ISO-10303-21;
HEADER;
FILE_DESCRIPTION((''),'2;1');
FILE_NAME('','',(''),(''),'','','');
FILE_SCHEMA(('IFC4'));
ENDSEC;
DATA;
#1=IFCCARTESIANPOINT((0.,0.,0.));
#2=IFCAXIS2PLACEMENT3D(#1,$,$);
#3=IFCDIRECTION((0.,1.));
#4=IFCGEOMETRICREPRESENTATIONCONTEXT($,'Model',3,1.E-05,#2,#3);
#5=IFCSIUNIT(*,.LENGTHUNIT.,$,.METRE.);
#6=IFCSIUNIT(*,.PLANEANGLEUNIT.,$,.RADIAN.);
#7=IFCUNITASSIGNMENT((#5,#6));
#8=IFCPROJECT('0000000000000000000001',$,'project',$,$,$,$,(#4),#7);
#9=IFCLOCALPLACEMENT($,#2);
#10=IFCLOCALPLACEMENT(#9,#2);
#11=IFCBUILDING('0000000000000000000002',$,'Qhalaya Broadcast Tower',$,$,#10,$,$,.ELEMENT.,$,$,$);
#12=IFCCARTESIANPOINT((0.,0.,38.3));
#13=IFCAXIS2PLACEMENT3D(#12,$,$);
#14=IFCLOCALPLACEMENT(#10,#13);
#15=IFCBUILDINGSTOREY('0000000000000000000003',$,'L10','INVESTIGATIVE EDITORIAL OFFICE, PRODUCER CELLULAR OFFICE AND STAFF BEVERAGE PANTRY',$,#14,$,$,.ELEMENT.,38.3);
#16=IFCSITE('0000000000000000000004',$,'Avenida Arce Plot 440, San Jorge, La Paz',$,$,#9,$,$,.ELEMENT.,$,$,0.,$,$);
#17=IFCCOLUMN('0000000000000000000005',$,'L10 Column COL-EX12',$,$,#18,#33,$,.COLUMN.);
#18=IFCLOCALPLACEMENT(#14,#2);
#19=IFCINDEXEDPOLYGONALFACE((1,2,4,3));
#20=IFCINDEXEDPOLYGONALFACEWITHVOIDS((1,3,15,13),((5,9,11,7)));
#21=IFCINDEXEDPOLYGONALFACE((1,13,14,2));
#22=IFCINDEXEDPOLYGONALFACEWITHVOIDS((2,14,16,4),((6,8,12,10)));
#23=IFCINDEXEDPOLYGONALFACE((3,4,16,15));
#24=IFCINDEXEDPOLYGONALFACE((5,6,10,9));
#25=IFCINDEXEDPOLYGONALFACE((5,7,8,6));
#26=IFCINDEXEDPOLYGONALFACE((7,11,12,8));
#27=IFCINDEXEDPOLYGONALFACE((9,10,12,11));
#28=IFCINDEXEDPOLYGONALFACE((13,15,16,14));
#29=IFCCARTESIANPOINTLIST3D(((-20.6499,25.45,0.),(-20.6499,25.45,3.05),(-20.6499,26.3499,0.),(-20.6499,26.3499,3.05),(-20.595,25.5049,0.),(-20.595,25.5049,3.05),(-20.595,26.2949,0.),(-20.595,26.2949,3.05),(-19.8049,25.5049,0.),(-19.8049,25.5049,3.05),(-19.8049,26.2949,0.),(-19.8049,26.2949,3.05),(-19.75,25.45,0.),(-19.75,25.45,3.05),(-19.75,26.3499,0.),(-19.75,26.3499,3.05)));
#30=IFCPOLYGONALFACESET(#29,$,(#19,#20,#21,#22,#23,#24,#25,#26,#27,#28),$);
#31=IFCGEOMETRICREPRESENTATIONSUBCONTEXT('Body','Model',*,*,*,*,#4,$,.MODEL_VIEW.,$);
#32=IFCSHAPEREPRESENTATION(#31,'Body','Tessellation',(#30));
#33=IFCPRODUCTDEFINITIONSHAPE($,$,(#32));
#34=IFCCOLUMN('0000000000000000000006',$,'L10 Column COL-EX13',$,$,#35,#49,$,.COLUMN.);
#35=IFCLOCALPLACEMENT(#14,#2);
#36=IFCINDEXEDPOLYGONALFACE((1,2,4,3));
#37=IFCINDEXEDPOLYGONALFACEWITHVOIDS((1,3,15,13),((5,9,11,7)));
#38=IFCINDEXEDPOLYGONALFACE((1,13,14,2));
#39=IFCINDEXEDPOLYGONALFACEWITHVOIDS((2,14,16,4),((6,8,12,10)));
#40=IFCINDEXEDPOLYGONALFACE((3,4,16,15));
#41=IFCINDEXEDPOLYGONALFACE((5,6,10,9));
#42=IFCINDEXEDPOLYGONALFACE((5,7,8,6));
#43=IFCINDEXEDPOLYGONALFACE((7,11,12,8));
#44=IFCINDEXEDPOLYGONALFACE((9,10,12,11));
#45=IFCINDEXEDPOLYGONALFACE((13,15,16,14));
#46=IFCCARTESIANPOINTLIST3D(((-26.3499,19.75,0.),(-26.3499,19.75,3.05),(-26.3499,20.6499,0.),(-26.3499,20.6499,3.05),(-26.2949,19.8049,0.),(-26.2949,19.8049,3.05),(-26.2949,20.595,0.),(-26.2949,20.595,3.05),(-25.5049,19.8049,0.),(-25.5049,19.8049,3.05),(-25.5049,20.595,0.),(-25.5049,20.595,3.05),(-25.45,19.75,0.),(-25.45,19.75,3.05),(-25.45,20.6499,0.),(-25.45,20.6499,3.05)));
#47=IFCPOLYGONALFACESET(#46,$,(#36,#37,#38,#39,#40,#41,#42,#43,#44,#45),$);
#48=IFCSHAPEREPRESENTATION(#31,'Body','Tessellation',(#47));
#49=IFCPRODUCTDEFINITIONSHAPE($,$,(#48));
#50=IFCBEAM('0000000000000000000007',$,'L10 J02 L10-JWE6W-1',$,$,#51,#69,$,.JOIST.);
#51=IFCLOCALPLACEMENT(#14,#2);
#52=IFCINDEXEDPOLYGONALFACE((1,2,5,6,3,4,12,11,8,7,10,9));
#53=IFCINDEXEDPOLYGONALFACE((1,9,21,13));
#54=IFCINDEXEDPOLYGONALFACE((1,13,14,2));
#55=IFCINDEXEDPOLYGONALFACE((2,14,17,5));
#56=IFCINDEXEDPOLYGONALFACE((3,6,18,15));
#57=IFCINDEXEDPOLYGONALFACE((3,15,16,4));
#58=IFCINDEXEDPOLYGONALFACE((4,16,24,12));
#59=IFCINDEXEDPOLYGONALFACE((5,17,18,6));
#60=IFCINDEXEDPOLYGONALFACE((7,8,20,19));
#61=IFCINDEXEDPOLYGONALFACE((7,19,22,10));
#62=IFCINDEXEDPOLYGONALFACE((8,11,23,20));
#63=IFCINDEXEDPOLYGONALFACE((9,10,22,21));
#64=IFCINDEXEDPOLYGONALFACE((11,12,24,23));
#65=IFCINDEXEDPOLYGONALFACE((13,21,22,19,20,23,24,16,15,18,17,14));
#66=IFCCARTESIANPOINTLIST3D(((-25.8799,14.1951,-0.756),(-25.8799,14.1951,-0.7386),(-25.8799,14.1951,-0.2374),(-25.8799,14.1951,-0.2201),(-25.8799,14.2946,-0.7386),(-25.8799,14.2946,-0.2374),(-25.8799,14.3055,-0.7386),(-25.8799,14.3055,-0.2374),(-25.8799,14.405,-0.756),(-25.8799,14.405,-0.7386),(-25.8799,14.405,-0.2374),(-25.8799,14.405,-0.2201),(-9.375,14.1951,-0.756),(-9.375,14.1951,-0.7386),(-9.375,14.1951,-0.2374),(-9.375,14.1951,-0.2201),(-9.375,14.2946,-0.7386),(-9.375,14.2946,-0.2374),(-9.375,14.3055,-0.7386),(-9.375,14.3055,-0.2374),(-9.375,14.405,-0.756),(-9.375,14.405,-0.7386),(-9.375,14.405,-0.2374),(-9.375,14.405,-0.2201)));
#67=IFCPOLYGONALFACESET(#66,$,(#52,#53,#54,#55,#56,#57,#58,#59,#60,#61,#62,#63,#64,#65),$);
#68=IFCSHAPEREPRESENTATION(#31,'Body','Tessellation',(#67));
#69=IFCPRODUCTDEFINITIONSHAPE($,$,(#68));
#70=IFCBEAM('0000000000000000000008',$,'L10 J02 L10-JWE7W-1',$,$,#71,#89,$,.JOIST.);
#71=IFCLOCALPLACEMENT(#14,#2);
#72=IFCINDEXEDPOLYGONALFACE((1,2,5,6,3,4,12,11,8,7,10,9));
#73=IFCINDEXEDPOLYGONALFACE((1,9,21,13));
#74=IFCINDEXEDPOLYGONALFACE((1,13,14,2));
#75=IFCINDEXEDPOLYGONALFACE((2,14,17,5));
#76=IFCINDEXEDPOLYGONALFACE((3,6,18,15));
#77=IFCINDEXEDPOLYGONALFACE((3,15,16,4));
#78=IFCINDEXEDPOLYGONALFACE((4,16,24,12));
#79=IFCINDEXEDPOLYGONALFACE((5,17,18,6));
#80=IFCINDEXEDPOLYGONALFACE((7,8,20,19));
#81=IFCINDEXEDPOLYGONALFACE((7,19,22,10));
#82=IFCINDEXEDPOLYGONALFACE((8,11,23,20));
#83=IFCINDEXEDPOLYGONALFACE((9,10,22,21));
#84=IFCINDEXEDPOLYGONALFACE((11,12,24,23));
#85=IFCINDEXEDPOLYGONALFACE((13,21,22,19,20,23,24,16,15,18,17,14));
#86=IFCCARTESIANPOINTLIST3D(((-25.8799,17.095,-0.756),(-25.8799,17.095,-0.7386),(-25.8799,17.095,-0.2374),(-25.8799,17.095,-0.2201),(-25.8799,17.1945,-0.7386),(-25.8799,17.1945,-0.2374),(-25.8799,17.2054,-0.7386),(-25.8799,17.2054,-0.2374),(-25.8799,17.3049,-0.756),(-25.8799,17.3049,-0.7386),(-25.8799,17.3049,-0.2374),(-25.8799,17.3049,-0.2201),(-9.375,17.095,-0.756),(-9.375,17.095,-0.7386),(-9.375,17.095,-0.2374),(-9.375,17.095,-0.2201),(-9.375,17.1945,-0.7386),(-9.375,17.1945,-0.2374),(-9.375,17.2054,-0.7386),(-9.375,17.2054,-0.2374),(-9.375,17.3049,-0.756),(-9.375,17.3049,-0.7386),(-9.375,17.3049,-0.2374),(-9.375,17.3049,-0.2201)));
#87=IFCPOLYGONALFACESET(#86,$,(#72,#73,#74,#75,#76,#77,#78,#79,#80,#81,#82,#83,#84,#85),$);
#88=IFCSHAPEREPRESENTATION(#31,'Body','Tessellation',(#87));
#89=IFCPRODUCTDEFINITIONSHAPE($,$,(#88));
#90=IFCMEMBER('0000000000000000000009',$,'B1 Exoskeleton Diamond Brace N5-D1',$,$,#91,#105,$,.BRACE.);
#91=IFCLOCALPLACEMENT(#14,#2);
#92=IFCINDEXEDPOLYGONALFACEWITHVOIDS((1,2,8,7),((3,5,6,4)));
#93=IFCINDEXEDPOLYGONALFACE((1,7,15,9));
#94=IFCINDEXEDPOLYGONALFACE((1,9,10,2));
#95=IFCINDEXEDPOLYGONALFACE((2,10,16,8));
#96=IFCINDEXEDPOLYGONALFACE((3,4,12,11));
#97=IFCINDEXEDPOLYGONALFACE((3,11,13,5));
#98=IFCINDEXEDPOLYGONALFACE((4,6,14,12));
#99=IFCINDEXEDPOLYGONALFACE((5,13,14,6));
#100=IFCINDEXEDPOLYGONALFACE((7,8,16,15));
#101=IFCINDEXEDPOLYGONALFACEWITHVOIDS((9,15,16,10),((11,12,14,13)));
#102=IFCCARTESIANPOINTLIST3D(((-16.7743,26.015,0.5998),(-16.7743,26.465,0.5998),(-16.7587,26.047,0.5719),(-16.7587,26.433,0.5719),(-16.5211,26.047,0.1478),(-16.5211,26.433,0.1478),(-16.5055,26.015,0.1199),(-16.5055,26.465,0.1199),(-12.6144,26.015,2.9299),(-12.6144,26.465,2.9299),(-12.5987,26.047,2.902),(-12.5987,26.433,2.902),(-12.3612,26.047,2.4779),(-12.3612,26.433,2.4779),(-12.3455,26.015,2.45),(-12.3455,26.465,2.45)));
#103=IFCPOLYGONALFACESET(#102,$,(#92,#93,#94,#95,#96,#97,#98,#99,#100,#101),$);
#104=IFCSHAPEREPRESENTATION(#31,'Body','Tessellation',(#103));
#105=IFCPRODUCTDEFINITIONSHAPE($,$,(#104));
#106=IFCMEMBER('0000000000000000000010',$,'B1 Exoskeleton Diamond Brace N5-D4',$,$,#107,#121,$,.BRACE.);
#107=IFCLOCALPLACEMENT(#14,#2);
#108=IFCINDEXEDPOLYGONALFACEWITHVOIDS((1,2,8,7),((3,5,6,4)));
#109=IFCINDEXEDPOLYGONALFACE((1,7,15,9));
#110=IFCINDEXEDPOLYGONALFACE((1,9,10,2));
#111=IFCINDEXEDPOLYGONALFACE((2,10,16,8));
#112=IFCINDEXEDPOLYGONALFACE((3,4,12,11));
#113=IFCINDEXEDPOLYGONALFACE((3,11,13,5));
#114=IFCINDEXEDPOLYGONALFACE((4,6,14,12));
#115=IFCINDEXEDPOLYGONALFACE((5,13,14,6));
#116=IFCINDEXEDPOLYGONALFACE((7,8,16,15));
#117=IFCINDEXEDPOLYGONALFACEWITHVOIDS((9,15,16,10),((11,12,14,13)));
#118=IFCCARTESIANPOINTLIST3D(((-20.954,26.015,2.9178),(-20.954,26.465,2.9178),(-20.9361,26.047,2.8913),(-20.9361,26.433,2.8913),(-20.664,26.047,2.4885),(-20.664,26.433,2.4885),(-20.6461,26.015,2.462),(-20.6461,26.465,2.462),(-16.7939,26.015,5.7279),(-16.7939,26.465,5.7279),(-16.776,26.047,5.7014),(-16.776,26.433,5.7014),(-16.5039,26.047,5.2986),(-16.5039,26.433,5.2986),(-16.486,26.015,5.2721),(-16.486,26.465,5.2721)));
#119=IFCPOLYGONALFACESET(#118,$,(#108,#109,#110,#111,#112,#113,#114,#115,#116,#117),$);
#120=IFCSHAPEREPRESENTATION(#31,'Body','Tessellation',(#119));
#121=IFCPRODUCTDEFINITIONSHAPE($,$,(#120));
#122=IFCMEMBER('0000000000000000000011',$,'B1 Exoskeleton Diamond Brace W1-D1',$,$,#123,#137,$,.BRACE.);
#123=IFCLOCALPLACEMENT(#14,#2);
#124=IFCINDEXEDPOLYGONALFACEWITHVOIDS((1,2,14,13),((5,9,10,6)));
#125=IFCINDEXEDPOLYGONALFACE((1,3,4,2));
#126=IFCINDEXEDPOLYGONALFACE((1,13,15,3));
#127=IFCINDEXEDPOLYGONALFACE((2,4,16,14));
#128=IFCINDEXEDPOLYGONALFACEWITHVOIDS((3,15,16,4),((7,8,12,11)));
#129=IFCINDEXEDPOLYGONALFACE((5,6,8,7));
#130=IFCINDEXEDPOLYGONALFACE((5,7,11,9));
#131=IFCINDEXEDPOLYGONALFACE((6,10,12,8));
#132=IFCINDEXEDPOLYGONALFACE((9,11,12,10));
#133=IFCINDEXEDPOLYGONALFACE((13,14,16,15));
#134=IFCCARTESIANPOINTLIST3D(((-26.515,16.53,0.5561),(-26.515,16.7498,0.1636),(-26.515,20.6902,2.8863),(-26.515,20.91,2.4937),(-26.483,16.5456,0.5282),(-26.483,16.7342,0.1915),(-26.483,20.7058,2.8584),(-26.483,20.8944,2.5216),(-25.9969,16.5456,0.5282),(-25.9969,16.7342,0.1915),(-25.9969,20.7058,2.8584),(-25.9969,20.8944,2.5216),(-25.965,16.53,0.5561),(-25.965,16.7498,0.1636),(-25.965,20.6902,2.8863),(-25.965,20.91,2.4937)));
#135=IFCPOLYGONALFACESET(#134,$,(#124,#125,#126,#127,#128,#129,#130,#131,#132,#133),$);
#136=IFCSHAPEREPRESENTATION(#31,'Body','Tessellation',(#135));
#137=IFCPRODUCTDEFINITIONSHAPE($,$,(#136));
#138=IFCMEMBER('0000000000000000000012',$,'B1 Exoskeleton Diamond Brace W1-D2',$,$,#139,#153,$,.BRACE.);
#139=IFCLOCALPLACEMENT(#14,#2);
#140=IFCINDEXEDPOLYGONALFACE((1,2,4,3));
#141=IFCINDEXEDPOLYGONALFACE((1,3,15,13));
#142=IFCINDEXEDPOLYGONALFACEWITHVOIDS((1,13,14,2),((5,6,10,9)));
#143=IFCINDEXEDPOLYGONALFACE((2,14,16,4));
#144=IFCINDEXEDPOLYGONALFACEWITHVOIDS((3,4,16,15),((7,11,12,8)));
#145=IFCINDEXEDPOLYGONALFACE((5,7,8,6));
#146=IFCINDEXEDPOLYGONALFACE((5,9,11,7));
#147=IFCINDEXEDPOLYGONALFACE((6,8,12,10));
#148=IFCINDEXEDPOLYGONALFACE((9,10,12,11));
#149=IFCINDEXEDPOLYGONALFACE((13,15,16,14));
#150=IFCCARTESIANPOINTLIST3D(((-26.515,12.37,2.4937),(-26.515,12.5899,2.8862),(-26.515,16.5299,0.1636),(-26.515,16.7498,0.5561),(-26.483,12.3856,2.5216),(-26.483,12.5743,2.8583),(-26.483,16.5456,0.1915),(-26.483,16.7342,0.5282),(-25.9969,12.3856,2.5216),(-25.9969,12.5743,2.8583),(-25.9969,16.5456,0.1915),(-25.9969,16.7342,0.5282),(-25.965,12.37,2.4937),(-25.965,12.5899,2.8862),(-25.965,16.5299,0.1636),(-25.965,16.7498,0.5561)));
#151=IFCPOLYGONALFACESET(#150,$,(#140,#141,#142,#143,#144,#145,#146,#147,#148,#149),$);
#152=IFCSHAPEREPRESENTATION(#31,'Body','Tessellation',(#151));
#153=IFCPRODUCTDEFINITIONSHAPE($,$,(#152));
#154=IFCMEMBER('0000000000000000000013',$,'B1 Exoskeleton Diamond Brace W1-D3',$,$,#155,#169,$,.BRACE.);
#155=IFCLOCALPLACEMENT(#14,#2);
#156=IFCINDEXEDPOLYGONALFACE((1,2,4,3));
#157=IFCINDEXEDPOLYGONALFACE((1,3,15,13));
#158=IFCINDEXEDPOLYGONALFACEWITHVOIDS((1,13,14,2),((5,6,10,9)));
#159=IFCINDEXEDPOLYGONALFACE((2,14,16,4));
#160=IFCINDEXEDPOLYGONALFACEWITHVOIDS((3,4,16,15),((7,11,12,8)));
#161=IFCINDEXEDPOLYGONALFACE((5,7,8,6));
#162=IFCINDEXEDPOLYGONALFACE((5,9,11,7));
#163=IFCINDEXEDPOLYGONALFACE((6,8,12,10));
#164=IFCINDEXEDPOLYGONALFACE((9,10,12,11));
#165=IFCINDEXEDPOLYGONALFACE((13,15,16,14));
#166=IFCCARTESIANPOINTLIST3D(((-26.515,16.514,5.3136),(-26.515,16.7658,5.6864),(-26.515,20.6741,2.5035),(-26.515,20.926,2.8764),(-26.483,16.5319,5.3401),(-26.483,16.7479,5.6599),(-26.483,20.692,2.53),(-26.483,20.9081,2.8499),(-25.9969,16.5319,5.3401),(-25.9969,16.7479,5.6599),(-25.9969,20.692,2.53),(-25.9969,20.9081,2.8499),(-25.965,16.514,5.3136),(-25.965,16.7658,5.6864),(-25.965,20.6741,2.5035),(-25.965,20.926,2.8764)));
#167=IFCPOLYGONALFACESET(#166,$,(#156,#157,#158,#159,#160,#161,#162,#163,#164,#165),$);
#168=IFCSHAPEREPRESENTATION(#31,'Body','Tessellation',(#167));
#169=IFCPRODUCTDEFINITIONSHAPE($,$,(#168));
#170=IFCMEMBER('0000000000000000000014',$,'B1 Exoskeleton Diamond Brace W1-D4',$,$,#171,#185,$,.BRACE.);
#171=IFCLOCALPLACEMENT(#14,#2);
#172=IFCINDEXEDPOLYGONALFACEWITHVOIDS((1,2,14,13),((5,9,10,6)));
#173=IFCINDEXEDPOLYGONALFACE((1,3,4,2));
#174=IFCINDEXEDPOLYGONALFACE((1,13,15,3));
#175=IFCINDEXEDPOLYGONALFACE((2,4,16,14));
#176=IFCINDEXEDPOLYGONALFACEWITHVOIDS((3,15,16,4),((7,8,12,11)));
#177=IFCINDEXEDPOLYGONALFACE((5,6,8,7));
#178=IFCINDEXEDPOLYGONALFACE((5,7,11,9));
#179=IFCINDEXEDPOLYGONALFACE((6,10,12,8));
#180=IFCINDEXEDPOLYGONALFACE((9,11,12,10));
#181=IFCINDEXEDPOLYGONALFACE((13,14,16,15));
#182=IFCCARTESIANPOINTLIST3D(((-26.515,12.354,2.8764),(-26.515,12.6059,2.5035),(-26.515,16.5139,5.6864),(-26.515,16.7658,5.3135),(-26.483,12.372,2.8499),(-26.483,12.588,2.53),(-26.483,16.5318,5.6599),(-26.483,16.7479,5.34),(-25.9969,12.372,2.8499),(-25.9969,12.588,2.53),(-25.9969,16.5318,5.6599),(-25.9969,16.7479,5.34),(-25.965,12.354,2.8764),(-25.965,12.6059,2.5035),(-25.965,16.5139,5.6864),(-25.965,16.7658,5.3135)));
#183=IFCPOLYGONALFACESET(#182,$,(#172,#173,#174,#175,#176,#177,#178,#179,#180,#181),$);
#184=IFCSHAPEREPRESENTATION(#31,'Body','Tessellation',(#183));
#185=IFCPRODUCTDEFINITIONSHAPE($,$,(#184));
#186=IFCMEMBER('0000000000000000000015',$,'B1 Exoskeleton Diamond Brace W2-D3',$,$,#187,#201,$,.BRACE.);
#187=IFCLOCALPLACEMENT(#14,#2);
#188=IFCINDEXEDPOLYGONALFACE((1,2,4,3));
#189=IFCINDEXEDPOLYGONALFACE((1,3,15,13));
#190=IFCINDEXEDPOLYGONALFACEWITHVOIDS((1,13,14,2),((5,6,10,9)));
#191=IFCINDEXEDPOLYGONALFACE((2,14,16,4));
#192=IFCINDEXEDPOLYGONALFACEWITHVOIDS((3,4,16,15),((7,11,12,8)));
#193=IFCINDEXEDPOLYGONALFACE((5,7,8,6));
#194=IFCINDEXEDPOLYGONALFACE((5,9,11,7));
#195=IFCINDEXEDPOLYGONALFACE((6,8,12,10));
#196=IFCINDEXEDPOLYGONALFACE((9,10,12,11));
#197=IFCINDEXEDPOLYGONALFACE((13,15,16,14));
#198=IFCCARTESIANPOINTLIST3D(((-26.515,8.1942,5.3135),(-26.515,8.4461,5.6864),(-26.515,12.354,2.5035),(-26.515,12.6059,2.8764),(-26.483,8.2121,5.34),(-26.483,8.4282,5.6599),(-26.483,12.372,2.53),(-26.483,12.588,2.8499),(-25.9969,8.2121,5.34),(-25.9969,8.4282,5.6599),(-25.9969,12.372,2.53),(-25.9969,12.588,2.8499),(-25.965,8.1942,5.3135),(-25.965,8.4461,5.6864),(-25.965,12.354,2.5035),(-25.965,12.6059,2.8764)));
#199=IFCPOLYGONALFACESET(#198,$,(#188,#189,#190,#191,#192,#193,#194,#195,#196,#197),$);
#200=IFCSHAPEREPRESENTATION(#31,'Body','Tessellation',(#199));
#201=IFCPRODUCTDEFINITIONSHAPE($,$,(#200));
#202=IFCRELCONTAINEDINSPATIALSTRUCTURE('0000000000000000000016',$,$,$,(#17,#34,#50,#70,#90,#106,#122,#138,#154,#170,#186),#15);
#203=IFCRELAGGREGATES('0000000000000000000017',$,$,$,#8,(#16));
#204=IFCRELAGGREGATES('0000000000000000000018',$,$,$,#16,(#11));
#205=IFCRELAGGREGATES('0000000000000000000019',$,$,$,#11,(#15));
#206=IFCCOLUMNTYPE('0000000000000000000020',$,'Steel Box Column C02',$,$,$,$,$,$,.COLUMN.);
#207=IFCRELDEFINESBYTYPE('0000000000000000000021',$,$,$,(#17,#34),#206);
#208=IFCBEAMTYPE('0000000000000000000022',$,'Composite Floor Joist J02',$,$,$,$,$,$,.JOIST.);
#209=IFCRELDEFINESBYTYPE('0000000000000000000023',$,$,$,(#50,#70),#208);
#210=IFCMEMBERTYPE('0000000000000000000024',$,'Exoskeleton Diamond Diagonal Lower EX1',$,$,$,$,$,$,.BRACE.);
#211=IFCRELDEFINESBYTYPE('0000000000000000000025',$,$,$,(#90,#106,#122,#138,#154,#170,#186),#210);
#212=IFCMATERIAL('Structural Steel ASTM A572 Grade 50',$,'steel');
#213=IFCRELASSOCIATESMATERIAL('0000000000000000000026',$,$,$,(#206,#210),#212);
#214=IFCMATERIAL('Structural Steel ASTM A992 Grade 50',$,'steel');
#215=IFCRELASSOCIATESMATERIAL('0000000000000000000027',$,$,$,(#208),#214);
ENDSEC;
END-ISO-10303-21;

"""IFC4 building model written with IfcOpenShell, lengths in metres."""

from ifc_helpers import new_model, si_unit, direction, frame, origin, origin_2d, place, context, subcontext, project, spatial, hollow_rectangle, i_section, extrude, material, material_profile, profile_set, type_object, element, save


model = new_model("IFC4")

# Units and contexts
model_context = context("Model", 3, precision=1e-05, world=origin(), true_north=direction((0.0, 1.0)))
body_context = subcontext(model_context, "Body", "Model", "MODEL_VIEW")
ifc_project = project(units=[si_unit("LENGTHUNIT", "METRE"), si_unit("PLANEANGLEUNIT", "RADIAN")], contexts=[model_context])

# Site, building, storey
site_placement = place(None, origin())
site = spatial("IfcSite", under=ifc_project, at=site_placement, Name="Avenida Arce Plot 440, San Jorge, La Paz", CompositionType="ELEMENT", RefElevation=0.0)
building_placement = place(site_placement, origin())
building = spatial("IfcBuilding", under=site, at=building_placement, Name="Qhalaya Broadcast Tower", CompositionType="ELEMENT")
storey_placement = place(building_placement, frame((0.0, 0.0, 38.3)))
storey = spatial("IfcBuildingStorey", under=building, at=storey_placement, Name="L10", Description="INVESTIGATIVE EDITORIAL OFFICE, PRODUCER CELLULAR OFFICE AND STAFF BEVERAGE PANTRY", CompositionType="ELEMENT", Elevation=38.3)

# Columns
ifc_material_1 = material(Name="Structural Steel ASTM A572 Grade 50", Category="steel")
ifc_material_profile_1 = material_profile(ifc_material_1, hollow_rectangle(XDim=0.8999, YDim=0.8999, WallThickness=0.0549, at=origin_2d()), Name="BOX 900x900x55")
ifc_profile_set_1 = profile_set([ifc_material_profile_1], Name="Structural Steel ASTM A572 Grade 50")
column_type = type_object("IfcColumnType", Name="Steel Box Column C02", PredefinedType="COLUMN", material=ifc_profile_set_1)
for number, where, z_axis, x_axis, name in (
    (1, (-20.2, 25.8999, 0.0), (0.0, 0.0, 1.0), (1.0, 0.0, 0.0), "L10 Column COL-EX12"),
    (2, (-25.8999, 20.2, 0.0), (0.0, 0.0, 1.0), (0.0, 1.0, 0.0), "L10 Column COL-EX13"),
):
    element("IfcColumn", number, at=place(storey_placement, frame(where, z_axis=z_axis, x_axis=x_axis)), inside=storey, type_object=column_type, Name=name, PredefinedType="COLUMN", context=body_context, shape_type="SweptSolid", body=[
        extrude(hollow_rectangle(XDim=0.8999, YDim=0.8999, WallThickness=0.0549, at=origin_2d()), origin(), (0.0, 0.0, 1.0), 3.05),
    ])

# Beams
ifc_material_2 = material(Name="Structural Steel ASTM A992 Grade 50", Category="steel")
ifc_material_profile_2 = material_profile(ifc_material_2, i_section(OverallWidth=0.21, OverallDepth=0.5359, WebThickness=0.011, FlangeThickness=0.0173, at=origin_2d()), Name="W21X68")
ifc_profile_set_2 = profile_set([ifc_material_profile_2], Name="Structural Steel ASTM A992 Grade 50")
beam_type_1 = type_object("IfcBeamType", Name="Composite Floor Joist J02", PredefinedType="JOIST", material=ifc_profile_set_2)
for number, where, z_axis, x_axis, name in (
    (3, (-25.8799, 14.3, -0.488), (1.0, 0.0, 0.0), (0.0, 1.0, 0.0), "L10 J02 L10-JWE6W-1"),
    (4, (-25.8799, 17.2, -0.488), (1.0, 0.0, 0.0), (0.0, 1.0, 0.0), "L10 J02 L10-JWE7W-1"),
):
    element("IfcBeam", number, at=place(storey_placement, frame(where, z_axis=z_axis, x_axis=x_axis)), inside=storey, type_object=beam_type_1, Name=name, PredefinedType="JOIST", context=body_context, shape_type="SweptSolid", body=[
        extrude(i_section(OverallWidth=0.21, OverallDepth=0.5359, WebThickness=0.011, FlangeThickness=0.0173, at=origin_2d()), origin(), (0.0, 0.0, 1.0), 16.5049),
    ])

# Members
ifc_material_profile_3 = material_profile(ifc_material_1, hollow_rectangle(XDim=0.45, YDim=0.55, WallThickness=0.032, at=origin_2d()), Name="BOX 450x550x32")
ifc_profile_set_3 = profile_set([ifc_material_profile_3], Name="Structural Steel ASTM A572 Grade 50")
member_type_1 = type_object("IfcMemberType", Name="Exoskeleton Diamond Diagonal Lower EX1", PredefinedType="BRACE", material=ifc_profile_set_3)
member_1_placement = place(storey_placement, frame((-16.6399, 26.24, 0.3599), z_axis=(0.872459, 0.0, 0.488688), x_axis=(0.0, 1.0, 0.0)))
element("IfcMember", 5, at=member_1_placement, inside=storey, type_object=member_type_1, Name="B1 Exoskeleton Diamond Brace N5-D1", PredefinedType="BRACE", context=body_context, shape_type="SweptSolid", body=[
    extrude(hollow_rectangle(XDim=0.45, YDim=0.55, WallThickness=0.032, at=origin_2d()), origin(), (0.0, 0.0, 1.0), 4.7681),
])
member_2_placement = place(storey_placement, frame((-20.8, 26.24, 2.6899), z_axis=(0.828668, 0.0, 0.55974), x_axis=(0.0, 1.0, 0.0)))
element("IfcMember", 6, at=member_2_placement, inside=storey, type_object=member_type_1, Name="B1 Exoskeleton Diamond Brace N5-D4", PredefinedType="BRACE", context=body_context, shape_type="SweptSolid", body=[
    extrude(hollow_rectangle(XDim=0.45, YDim=0.55, WallThickness=0.032, at=origin_2d()), origin(), (0.0, 0.0, 1.0), 5.0203),
])
member_3_placement = place(storey_placement, frame((-26.24, 16.6399, 0.3599), z_axis=(0.0, 0.872471, 0.488666), x_axis=(0.0, -0.488666, 0.872471)))
element("IfcMember", 7, at=member_3_placement, inside=storey, type_object=member_type_1, Name="B1 Exoskeleton Diamond Brace W1-D1", PredefinedType="BRACE", context=body_context, shape_type="SweptSolid", body=[
    extrude(hollow_rectangle(XDim=0.45, YDim=0.55, WallThickness=0.032, at=origin_2d()), origin(), (0.0, 0.0, 1.0), 4.7683),
])
member_4_placement = place(storey_placement, frame((-26.24, 16.6399, 0.3599), z_axis=(0.0, -0.872459, 0.488688), x_axis=(0.0, 0.488688, 0.872459)))
element("IfcMember", 8, at=member_4_placement, inside=storey, type_object=member_type_1, Name="B1 Exoskeleton Diamond Brace W1-D2", PredefinedType="BRACE", context=body_context, shape_type="SweptSolid", body=[
    extrude(hollow_rectangle(XDim=0.45, YDim=0.55, WallThickness=0.032, at=origin_2d()), origin(), (0.0, 0.0, 1.0), 4.7681),
])
member_5_placement = place(storey_placement, frame((-26.24, 20.8, 2.6899), z_axis=(0.0, -0.828668, 0.55974), x_axis=(0.0, 0.55974, 0.828668)))
element("IfcMember", 9, at=member_5_placement, inside=storey, type_object=member_type_1, Name="B1 Exoskeleton Diamond Brace W1-D3", PredefinedType="BRACE", context=body_context, shape_type="SweptSolid", body=[
    extrude(hollow_rectangle(XDim=0.45, YDim=0.55, WallThickness=0.032, at=origin_2d()), origin(), (0.0, 0.0, 1.0), 5.0203),
])
for number, where, z_axis, x_axis, name in (
    (10, (-26.24, 12.48, 2.6899), (0.0, 0.828653, 0.559763), (0.0, -0.559763, 0.828653), "B1 Exoskeleton Diamond Brace W1-D4"),
    (11, (-26.24, 12.48, 2.6899), (0.0, -0.828653, 0.559763), (0.0, 0.559763, 0.828653), "B1 Exoskeleton Diamond Brace W2-D3"),
):
    element("IfcMember", number, at=place(storey_placement, frame(where, z_axis=z_axis, x_axis=x_axis)), inside=storey, type_object=member_type_1, Name=name, PredefinedType="BRACE", context=body_context, shape_type="SweptSolid", body=[
        extrude(hollow_rectangle(XDim=0.45, YDim=0.55, WallThickness=0.032, at=origin_2d()), origin(), (0.0, 0.0, 1.0), 5.02),
    ])

save(model, "model.ifc")
